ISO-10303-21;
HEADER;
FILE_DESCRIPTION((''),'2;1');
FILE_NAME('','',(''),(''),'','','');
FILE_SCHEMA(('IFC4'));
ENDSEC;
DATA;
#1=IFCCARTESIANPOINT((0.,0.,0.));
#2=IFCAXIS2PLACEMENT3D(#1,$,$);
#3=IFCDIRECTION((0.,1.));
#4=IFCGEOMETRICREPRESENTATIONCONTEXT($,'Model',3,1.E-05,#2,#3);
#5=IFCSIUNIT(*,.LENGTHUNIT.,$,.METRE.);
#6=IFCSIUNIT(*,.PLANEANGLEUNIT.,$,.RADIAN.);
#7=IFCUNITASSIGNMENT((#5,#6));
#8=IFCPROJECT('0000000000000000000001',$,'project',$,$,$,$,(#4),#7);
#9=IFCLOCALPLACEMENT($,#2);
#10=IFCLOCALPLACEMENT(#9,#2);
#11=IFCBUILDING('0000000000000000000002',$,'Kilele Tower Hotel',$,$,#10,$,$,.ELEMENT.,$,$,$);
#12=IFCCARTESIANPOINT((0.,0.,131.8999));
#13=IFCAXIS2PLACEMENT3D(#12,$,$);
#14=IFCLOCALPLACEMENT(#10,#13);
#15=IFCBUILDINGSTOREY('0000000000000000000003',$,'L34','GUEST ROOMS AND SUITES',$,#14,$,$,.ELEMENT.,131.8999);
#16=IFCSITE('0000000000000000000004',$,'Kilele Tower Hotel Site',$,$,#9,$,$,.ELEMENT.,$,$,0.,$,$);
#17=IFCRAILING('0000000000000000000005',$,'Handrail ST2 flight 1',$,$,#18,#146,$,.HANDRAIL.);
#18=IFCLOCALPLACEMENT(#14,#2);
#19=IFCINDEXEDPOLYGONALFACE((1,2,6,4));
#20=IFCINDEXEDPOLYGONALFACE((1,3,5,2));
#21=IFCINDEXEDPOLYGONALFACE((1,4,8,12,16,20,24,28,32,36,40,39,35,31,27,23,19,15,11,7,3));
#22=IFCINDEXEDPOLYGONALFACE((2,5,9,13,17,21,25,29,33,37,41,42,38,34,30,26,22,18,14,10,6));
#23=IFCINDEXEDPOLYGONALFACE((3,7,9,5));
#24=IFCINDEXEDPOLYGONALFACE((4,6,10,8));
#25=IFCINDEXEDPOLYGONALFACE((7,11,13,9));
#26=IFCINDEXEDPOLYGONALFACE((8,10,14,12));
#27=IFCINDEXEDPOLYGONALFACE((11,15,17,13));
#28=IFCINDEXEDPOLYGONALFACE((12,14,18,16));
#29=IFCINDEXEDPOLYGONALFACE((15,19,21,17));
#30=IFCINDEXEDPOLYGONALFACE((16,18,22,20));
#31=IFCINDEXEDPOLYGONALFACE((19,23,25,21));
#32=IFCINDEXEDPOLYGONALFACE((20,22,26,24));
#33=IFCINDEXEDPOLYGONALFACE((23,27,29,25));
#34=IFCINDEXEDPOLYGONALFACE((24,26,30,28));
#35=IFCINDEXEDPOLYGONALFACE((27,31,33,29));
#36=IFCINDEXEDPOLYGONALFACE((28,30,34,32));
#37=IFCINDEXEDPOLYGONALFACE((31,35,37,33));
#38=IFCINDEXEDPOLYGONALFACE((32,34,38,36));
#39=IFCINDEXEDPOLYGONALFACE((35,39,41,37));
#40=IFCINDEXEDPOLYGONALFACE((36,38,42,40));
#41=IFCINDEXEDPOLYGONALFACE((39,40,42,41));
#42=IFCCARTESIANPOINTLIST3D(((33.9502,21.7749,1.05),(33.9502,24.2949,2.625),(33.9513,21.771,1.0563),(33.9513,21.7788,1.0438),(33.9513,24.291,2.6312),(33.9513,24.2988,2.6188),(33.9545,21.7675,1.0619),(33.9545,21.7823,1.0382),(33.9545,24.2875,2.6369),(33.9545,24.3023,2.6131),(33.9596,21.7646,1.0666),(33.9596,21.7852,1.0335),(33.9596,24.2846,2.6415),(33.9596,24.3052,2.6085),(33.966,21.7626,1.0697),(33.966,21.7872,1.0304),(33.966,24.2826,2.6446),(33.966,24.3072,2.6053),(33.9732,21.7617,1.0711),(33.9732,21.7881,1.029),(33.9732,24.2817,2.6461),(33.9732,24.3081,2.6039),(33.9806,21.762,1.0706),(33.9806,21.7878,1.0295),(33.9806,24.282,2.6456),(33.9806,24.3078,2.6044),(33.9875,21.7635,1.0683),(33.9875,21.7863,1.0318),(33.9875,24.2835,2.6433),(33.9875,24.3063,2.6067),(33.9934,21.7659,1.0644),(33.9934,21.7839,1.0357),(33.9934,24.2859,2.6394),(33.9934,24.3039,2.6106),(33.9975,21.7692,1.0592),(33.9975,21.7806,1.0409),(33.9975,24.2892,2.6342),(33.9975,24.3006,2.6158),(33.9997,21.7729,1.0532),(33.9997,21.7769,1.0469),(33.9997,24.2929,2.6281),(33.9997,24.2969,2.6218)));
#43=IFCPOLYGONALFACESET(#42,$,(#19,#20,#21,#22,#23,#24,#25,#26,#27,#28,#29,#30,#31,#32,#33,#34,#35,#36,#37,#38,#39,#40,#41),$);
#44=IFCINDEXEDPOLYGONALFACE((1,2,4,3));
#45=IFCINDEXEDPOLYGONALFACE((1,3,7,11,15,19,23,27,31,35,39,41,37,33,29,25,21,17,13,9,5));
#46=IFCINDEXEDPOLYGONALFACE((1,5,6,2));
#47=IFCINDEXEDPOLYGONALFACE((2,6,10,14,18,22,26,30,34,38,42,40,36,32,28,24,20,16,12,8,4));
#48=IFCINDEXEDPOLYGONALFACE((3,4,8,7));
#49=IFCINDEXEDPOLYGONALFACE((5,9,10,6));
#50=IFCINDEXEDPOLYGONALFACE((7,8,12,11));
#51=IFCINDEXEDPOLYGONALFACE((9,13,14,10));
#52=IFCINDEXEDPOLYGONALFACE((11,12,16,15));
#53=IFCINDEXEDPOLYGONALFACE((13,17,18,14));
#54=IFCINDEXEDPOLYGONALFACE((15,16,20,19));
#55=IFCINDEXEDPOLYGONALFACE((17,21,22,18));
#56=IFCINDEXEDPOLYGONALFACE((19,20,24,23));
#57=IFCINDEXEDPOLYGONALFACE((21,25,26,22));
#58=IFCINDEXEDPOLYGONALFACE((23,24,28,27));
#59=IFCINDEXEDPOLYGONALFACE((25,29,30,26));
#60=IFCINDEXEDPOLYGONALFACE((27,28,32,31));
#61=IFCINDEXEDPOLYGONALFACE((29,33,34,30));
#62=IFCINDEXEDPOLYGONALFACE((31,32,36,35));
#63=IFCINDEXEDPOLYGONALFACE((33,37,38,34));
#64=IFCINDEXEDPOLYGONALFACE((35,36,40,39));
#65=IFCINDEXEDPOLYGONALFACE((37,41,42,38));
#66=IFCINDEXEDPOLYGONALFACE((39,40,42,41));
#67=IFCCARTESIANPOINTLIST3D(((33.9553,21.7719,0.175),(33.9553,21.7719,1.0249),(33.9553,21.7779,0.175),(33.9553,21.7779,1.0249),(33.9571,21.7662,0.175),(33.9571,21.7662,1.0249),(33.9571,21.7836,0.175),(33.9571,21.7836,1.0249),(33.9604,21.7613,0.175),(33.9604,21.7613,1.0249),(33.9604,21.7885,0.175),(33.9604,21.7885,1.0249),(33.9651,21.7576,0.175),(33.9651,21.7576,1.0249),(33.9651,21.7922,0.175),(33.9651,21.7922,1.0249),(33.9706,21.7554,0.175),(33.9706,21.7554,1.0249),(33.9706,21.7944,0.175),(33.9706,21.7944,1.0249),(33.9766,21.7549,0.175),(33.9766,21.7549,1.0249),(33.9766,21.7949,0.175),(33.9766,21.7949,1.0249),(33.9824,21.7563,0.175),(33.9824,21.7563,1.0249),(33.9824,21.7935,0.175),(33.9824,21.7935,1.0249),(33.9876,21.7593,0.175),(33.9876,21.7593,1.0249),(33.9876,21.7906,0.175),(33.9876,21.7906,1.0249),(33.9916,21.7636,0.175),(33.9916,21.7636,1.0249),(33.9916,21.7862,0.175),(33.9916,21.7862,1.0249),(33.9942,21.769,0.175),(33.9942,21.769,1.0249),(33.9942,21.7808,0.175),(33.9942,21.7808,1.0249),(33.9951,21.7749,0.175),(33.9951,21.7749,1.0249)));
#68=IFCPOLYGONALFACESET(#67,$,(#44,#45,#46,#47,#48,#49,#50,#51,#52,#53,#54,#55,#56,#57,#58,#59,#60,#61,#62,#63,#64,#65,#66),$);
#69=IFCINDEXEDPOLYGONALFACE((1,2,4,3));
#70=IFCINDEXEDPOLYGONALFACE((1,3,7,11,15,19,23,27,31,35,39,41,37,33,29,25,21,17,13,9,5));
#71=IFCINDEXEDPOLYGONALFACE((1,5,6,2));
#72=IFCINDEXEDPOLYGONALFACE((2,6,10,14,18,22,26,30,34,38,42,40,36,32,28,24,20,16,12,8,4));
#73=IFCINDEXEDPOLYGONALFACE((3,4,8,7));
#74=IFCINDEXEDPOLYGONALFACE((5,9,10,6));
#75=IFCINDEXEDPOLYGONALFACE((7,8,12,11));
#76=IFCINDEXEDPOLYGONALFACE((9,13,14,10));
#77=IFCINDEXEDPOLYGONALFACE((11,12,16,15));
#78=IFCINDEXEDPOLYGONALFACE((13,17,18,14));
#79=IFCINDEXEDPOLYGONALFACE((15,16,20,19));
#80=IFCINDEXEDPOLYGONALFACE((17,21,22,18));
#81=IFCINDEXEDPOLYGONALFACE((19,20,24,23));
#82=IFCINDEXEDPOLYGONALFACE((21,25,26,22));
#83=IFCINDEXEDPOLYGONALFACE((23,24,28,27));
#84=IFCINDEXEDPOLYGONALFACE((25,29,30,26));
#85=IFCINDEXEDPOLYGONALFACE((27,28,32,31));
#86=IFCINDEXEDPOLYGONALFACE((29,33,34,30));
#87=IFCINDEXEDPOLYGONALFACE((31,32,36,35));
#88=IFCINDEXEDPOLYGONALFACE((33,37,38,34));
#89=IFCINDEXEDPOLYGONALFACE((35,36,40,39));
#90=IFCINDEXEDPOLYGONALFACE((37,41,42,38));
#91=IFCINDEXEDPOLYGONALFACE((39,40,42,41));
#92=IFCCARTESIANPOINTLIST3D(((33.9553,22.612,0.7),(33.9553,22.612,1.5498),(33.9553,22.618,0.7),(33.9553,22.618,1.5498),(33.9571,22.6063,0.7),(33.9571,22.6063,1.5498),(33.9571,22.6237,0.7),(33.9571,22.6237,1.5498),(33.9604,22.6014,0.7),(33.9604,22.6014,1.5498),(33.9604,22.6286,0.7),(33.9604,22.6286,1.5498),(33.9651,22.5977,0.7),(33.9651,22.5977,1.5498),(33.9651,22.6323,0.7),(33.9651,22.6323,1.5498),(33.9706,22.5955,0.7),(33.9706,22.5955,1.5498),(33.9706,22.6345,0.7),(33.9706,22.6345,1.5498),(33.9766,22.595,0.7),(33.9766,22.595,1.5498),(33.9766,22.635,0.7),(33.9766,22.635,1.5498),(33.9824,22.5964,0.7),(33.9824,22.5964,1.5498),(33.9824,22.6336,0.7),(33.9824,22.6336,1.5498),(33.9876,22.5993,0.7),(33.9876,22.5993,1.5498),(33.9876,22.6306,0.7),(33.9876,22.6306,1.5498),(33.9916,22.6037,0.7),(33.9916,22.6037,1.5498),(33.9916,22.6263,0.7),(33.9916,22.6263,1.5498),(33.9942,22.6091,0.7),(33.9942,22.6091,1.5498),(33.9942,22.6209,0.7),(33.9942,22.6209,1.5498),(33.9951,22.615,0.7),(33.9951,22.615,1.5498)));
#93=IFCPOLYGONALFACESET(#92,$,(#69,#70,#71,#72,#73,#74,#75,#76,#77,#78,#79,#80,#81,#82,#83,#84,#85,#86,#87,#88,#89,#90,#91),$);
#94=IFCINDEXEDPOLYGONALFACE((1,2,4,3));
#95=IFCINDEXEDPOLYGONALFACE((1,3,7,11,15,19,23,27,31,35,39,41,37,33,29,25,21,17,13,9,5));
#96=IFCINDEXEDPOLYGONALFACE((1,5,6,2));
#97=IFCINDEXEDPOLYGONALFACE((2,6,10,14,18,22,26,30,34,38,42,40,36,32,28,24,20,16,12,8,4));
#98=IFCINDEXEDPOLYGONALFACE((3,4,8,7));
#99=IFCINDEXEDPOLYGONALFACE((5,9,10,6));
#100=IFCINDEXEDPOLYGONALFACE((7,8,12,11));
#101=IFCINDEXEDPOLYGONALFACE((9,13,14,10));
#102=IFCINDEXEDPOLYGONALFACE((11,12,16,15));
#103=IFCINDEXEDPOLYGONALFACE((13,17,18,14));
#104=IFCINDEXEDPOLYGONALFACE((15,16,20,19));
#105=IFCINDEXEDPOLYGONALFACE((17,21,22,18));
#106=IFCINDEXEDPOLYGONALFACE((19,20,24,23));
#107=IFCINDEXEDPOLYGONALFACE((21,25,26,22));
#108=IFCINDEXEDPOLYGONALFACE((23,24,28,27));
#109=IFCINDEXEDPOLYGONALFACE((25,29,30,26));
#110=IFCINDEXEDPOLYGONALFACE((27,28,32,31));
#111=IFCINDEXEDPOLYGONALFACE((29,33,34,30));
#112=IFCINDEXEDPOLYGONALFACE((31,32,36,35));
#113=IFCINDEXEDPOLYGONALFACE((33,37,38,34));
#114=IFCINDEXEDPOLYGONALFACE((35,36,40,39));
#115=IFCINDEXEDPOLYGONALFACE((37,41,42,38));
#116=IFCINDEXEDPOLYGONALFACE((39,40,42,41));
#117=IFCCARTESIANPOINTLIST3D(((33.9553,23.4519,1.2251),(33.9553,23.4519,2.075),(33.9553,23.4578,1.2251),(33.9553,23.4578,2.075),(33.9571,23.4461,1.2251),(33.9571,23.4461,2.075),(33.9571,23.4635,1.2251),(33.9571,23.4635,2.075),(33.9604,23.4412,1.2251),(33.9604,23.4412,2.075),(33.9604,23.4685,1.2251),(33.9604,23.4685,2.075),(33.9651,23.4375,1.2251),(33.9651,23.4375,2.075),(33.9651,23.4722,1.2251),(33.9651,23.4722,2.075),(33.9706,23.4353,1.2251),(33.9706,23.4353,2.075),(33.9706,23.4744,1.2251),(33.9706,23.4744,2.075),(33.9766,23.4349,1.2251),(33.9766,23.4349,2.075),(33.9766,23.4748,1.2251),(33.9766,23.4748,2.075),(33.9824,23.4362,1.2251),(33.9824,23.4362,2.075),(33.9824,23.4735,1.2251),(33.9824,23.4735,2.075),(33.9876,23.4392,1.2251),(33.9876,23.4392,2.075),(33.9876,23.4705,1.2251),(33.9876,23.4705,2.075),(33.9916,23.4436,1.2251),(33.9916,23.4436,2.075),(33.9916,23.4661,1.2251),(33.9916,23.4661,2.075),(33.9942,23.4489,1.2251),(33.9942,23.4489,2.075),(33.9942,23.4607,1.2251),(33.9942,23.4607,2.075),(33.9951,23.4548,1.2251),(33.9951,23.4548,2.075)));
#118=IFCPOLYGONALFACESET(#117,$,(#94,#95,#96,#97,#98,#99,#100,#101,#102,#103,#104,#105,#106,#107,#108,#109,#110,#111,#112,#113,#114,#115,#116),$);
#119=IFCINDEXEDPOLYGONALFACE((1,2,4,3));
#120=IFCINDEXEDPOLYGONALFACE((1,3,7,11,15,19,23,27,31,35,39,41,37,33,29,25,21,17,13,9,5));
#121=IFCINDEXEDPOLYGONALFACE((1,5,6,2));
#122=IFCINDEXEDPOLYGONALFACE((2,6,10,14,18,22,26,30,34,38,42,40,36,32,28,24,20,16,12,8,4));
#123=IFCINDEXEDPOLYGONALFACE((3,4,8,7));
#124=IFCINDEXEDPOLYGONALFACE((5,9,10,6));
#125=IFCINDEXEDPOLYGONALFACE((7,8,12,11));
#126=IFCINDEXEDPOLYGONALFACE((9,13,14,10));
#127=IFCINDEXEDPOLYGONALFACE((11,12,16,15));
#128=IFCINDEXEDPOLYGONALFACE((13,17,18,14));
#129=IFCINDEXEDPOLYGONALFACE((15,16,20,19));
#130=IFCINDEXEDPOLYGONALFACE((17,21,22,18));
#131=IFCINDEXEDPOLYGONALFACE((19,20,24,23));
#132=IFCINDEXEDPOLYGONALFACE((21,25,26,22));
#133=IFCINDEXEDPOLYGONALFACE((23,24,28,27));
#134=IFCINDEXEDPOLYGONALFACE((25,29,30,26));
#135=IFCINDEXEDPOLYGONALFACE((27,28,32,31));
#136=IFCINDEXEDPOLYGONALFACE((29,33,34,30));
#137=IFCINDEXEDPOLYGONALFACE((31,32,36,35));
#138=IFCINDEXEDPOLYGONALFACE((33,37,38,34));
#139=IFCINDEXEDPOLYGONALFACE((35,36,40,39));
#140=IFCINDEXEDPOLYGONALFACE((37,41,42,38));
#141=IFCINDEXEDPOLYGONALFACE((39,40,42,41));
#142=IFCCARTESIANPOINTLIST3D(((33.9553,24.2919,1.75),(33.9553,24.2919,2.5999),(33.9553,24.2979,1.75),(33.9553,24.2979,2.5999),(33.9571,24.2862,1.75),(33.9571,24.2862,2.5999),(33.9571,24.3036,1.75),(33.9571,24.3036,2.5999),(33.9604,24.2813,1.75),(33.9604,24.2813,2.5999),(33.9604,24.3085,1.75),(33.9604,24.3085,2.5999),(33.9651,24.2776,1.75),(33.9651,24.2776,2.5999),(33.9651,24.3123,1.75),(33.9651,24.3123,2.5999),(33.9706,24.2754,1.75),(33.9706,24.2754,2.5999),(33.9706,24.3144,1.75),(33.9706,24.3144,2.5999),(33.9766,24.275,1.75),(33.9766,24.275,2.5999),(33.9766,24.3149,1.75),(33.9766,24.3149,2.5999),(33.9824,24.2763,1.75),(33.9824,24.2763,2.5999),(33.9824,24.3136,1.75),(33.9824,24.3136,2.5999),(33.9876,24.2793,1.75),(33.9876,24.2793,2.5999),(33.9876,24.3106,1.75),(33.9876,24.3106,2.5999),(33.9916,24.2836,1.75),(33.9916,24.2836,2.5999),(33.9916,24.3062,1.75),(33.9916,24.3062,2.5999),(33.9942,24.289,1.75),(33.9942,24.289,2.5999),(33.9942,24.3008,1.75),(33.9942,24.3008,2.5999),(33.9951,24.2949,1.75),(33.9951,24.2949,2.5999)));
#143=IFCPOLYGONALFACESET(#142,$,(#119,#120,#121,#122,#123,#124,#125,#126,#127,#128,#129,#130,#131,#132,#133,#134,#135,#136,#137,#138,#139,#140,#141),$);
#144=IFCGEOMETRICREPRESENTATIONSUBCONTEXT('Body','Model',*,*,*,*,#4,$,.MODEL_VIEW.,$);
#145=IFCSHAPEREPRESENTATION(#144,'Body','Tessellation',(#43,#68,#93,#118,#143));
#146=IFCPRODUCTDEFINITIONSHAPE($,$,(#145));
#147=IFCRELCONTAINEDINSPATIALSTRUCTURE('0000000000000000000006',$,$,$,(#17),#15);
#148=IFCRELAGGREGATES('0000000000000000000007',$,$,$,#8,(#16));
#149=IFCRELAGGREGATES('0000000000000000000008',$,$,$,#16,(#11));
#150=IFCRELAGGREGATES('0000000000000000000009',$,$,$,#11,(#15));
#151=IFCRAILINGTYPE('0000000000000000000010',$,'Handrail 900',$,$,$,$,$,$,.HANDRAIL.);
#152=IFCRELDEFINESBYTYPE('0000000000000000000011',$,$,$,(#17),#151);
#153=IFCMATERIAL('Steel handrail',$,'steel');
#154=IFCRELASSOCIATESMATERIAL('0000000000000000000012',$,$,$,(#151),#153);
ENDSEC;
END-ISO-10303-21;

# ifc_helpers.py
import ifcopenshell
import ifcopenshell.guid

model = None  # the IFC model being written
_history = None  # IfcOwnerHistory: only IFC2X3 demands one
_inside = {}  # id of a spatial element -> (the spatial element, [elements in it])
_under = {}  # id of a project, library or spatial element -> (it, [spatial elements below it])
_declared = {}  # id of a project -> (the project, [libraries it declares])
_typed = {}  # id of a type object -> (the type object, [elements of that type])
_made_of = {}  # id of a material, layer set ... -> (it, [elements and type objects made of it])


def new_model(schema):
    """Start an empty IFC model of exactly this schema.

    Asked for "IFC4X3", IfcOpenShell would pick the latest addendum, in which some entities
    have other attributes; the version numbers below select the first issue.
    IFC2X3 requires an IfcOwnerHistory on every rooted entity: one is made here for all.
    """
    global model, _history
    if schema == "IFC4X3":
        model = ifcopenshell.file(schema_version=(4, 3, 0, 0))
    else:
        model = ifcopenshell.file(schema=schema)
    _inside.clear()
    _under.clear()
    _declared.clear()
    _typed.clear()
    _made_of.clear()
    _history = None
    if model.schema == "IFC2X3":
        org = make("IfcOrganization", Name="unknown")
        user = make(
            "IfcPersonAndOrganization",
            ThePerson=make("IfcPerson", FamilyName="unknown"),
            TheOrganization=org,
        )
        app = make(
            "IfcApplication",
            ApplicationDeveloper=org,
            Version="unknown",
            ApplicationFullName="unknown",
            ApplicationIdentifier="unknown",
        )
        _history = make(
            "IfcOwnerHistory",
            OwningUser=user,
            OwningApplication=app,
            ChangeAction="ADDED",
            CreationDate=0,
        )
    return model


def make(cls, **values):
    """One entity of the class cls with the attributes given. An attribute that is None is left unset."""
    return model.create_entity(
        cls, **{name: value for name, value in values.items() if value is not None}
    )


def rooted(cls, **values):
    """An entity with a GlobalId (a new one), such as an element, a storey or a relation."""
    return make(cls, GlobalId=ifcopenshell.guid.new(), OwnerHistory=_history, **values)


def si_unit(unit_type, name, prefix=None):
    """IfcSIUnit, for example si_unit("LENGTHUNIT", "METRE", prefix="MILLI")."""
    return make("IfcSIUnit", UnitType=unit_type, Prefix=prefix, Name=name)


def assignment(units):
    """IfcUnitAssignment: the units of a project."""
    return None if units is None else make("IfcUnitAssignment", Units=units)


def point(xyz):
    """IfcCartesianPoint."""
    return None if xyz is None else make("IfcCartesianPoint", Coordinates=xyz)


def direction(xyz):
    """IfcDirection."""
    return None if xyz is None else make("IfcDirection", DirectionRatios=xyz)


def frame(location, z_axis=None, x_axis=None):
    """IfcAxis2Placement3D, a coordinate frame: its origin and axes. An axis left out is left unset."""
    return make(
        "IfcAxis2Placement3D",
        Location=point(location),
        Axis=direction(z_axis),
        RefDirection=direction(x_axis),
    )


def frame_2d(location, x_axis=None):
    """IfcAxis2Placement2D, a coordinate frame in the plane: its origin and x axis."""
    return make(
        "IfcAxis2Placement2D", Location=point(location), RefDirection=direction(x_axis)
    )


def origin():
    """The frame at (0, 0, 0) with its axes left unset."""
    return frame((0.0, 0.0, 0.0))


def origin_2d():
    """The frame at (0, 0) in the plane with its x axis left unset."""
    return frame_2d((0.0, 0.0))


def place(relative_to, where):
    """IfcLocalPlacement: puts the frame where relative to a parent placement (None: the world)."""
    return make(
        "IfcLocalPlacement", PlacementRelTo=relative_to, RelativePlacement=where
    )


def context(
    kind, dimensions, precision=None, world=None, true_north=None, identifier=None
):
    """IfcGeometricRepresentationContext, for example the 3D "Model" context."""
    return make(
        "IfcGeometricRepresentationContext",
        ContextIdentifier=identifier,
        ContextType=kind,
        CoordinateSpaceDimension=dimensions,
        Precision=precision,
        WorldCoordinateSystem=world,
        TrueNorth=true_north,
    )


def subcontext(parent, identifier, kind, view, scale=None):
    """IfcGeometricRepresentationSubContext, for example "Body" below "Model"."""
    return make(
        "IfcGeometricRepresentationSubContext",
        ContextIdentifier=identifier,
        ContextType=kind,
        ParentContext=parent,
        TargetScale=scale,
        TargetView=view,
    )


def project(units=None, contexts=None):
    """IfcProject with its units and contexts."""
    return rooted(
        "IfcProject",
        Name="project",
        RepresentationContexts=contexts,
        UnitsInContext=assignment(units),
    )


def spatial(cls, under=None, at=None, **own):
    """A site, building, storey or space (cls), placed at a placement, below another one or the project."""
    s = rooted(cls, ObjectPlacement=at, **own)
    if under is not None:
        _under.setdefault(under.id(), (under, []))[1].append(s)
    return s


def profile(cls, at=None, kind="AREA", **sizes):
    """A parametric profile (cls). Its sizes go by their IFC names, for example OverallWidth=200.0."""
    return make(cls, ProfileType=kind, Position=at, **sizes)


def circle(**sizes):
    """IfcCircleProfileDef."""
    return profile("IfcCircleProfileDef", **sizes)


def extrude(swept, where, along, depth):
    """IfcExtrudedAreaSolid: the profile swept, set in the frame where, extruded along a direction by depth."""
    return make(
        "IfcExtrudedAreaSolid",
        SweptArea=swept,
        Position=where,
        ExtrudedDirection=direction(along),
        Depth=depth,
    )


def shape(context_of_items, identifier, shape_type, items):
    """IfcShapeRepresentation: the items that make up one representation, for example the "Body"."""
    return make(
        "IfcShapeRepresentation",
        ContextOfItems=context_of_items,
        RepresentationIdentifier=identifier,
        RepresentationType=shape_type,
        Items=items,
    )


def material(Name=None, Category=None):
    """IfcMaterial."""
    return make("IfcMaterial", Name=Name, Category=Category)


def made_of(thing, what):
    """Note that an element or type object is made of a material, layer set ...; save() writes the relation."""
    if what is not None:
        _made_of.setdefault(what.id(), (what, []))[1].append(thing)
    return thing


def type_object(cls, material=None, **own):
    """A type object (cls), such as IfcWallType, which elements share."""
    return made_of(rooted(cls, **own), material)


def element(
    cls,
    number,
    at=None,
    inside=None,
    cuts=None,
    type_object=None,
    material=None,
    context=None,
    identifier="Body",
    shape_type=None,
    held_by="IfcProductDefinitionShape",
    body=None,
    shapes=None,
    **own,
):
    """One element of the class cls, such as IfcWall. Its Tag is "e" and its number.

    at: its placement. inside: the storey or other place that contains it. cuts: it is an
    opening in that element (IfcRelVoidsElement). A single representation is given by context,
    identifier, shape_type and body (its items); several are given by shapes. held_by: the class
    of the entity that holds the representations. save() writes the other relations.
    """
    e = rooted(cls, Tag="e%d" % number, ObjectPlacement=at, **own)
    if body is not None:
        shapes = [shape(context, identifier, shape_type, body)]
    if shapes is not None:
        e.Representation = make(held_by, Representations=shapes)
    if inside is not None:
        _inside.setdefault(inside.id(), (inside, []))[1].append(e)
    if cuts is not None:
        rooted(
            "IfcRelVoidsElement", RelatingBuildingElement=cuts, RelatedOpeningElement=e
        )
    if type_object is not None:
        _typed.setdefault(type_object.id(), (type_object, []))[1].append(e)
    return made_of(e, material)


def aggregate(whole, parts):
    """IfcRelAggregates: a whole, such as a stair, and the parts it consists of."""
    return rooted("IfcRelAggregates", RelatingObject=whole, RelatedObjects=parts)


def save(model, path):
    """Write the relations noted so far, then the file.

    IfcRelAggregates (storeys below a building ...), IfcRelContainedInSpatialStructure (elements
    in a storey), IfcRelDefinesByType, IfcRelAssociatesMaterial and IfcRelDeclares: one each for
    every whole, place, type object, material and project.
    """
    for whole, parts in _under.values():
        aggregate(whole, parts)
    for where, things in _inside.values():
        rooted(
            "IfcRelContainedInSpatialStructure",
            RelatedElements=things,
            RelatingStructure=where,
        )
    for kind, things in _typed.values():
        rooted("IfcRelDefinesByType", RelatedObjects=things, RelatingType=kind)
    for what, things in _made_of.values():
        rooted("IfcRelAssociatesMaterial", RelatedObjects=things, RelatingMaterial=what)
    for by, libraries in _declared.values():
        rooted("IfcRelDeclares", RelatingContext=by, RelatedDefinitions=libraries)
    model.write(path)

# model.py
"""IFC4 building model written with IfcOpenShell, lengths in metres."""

from ifc_helpers import new_model, si_unit, direction, frame, origin, origin_2d, place, context, subcontext, project, spatial, circle, extrude, material, type_object, element, save


model = new_model("IFC4")

# Units and contexts
model_context = context("Model", 3, precision=1e-05, world=origin(), true_north=direction((0.0, 1.0)))
body_context = subcontext(model_context, "Body", "Model", "MODEL_VIEW")
ifc_project = project(units=[si_unit("LENGTHUNIT", "METRE"), si_unit("PLANEANGLEUNIT", "RADIAN")], contexts=[model_context])

# Site, building, storey
site_placement = place(None, origin())
site = spatial("IfcSite", under=ifc_project, at=site_placement, Name="Kilele Tower Hotel Site", CompositionType="ELEMENT", RefElevation=0.0)
building_placement = place(site_placement, origin())
building = spatial("IfcBuilding", under=site, at=building_placement, Name="Kilele Tower Hotel", CompositionType="ELEMENT")
storey_placement = place(building_placement, frame((0.0, 0.0, 131.8999)))
storey = spatial("IfcBuildingStorey", under=building, at=storey_placement, Name="L34", Description="GUEST ROOMS AND SUITES", CompositionType="ELEMENT", Elevation=131.8999)

# Railing
ifc_material_1 = material(Name="Steel handrail", Category="steel")
railing_type_1 = type_object("IfcRailingType", Name="Handrail 900", PredefinedType="HANDRAIL", material=ifc_material_1)
for number, where, name in (
    (1, (33.9751, 21.7749, 0.175), "Handrail ST2 flight 1"),
):
    element("IfcRailing", number, at=place(storey_placement, frame(where)), inside=storey, type_object=railing_type_1, Name=name, PredefinedType="HANDRAIL", context=body_context, shape_type="SweptSolid", body=[
        extrude(circle(Radius=0.0249, at=origin_2d()), frame((0.0, 0.0, 0.875), z_axis=(0.0, 0.848008, 0.529984), x_axis=(-1.0, 0.0, 0.0)), (0.0, 0.0, 1.0), 2.9717),
        extrude(circle(Radius=0.02, at=origin_2d()), origin(), (0.0, 0.0, 1.0), 0.8499),
        extrude(circle(Radius=0.02, at=origin_2d()), frame((0.0, 0.8401, 0.5249)), (0.0, 0.0, 1.0), 0.8499),
        extrude(circle(Radius=0.02, at=origin_2d()), frame((0.0, 1.6799, 1.05)), (0.0, 0.0, 1.0), 0.8499),
        extrude(circle(Radius=0.02, at=origin_2d()), frame((0.0, 2.52, 1.575)), (0.0, 0.0, 1.0), 0.8499),
    ])

save(model, "model.ifc")
